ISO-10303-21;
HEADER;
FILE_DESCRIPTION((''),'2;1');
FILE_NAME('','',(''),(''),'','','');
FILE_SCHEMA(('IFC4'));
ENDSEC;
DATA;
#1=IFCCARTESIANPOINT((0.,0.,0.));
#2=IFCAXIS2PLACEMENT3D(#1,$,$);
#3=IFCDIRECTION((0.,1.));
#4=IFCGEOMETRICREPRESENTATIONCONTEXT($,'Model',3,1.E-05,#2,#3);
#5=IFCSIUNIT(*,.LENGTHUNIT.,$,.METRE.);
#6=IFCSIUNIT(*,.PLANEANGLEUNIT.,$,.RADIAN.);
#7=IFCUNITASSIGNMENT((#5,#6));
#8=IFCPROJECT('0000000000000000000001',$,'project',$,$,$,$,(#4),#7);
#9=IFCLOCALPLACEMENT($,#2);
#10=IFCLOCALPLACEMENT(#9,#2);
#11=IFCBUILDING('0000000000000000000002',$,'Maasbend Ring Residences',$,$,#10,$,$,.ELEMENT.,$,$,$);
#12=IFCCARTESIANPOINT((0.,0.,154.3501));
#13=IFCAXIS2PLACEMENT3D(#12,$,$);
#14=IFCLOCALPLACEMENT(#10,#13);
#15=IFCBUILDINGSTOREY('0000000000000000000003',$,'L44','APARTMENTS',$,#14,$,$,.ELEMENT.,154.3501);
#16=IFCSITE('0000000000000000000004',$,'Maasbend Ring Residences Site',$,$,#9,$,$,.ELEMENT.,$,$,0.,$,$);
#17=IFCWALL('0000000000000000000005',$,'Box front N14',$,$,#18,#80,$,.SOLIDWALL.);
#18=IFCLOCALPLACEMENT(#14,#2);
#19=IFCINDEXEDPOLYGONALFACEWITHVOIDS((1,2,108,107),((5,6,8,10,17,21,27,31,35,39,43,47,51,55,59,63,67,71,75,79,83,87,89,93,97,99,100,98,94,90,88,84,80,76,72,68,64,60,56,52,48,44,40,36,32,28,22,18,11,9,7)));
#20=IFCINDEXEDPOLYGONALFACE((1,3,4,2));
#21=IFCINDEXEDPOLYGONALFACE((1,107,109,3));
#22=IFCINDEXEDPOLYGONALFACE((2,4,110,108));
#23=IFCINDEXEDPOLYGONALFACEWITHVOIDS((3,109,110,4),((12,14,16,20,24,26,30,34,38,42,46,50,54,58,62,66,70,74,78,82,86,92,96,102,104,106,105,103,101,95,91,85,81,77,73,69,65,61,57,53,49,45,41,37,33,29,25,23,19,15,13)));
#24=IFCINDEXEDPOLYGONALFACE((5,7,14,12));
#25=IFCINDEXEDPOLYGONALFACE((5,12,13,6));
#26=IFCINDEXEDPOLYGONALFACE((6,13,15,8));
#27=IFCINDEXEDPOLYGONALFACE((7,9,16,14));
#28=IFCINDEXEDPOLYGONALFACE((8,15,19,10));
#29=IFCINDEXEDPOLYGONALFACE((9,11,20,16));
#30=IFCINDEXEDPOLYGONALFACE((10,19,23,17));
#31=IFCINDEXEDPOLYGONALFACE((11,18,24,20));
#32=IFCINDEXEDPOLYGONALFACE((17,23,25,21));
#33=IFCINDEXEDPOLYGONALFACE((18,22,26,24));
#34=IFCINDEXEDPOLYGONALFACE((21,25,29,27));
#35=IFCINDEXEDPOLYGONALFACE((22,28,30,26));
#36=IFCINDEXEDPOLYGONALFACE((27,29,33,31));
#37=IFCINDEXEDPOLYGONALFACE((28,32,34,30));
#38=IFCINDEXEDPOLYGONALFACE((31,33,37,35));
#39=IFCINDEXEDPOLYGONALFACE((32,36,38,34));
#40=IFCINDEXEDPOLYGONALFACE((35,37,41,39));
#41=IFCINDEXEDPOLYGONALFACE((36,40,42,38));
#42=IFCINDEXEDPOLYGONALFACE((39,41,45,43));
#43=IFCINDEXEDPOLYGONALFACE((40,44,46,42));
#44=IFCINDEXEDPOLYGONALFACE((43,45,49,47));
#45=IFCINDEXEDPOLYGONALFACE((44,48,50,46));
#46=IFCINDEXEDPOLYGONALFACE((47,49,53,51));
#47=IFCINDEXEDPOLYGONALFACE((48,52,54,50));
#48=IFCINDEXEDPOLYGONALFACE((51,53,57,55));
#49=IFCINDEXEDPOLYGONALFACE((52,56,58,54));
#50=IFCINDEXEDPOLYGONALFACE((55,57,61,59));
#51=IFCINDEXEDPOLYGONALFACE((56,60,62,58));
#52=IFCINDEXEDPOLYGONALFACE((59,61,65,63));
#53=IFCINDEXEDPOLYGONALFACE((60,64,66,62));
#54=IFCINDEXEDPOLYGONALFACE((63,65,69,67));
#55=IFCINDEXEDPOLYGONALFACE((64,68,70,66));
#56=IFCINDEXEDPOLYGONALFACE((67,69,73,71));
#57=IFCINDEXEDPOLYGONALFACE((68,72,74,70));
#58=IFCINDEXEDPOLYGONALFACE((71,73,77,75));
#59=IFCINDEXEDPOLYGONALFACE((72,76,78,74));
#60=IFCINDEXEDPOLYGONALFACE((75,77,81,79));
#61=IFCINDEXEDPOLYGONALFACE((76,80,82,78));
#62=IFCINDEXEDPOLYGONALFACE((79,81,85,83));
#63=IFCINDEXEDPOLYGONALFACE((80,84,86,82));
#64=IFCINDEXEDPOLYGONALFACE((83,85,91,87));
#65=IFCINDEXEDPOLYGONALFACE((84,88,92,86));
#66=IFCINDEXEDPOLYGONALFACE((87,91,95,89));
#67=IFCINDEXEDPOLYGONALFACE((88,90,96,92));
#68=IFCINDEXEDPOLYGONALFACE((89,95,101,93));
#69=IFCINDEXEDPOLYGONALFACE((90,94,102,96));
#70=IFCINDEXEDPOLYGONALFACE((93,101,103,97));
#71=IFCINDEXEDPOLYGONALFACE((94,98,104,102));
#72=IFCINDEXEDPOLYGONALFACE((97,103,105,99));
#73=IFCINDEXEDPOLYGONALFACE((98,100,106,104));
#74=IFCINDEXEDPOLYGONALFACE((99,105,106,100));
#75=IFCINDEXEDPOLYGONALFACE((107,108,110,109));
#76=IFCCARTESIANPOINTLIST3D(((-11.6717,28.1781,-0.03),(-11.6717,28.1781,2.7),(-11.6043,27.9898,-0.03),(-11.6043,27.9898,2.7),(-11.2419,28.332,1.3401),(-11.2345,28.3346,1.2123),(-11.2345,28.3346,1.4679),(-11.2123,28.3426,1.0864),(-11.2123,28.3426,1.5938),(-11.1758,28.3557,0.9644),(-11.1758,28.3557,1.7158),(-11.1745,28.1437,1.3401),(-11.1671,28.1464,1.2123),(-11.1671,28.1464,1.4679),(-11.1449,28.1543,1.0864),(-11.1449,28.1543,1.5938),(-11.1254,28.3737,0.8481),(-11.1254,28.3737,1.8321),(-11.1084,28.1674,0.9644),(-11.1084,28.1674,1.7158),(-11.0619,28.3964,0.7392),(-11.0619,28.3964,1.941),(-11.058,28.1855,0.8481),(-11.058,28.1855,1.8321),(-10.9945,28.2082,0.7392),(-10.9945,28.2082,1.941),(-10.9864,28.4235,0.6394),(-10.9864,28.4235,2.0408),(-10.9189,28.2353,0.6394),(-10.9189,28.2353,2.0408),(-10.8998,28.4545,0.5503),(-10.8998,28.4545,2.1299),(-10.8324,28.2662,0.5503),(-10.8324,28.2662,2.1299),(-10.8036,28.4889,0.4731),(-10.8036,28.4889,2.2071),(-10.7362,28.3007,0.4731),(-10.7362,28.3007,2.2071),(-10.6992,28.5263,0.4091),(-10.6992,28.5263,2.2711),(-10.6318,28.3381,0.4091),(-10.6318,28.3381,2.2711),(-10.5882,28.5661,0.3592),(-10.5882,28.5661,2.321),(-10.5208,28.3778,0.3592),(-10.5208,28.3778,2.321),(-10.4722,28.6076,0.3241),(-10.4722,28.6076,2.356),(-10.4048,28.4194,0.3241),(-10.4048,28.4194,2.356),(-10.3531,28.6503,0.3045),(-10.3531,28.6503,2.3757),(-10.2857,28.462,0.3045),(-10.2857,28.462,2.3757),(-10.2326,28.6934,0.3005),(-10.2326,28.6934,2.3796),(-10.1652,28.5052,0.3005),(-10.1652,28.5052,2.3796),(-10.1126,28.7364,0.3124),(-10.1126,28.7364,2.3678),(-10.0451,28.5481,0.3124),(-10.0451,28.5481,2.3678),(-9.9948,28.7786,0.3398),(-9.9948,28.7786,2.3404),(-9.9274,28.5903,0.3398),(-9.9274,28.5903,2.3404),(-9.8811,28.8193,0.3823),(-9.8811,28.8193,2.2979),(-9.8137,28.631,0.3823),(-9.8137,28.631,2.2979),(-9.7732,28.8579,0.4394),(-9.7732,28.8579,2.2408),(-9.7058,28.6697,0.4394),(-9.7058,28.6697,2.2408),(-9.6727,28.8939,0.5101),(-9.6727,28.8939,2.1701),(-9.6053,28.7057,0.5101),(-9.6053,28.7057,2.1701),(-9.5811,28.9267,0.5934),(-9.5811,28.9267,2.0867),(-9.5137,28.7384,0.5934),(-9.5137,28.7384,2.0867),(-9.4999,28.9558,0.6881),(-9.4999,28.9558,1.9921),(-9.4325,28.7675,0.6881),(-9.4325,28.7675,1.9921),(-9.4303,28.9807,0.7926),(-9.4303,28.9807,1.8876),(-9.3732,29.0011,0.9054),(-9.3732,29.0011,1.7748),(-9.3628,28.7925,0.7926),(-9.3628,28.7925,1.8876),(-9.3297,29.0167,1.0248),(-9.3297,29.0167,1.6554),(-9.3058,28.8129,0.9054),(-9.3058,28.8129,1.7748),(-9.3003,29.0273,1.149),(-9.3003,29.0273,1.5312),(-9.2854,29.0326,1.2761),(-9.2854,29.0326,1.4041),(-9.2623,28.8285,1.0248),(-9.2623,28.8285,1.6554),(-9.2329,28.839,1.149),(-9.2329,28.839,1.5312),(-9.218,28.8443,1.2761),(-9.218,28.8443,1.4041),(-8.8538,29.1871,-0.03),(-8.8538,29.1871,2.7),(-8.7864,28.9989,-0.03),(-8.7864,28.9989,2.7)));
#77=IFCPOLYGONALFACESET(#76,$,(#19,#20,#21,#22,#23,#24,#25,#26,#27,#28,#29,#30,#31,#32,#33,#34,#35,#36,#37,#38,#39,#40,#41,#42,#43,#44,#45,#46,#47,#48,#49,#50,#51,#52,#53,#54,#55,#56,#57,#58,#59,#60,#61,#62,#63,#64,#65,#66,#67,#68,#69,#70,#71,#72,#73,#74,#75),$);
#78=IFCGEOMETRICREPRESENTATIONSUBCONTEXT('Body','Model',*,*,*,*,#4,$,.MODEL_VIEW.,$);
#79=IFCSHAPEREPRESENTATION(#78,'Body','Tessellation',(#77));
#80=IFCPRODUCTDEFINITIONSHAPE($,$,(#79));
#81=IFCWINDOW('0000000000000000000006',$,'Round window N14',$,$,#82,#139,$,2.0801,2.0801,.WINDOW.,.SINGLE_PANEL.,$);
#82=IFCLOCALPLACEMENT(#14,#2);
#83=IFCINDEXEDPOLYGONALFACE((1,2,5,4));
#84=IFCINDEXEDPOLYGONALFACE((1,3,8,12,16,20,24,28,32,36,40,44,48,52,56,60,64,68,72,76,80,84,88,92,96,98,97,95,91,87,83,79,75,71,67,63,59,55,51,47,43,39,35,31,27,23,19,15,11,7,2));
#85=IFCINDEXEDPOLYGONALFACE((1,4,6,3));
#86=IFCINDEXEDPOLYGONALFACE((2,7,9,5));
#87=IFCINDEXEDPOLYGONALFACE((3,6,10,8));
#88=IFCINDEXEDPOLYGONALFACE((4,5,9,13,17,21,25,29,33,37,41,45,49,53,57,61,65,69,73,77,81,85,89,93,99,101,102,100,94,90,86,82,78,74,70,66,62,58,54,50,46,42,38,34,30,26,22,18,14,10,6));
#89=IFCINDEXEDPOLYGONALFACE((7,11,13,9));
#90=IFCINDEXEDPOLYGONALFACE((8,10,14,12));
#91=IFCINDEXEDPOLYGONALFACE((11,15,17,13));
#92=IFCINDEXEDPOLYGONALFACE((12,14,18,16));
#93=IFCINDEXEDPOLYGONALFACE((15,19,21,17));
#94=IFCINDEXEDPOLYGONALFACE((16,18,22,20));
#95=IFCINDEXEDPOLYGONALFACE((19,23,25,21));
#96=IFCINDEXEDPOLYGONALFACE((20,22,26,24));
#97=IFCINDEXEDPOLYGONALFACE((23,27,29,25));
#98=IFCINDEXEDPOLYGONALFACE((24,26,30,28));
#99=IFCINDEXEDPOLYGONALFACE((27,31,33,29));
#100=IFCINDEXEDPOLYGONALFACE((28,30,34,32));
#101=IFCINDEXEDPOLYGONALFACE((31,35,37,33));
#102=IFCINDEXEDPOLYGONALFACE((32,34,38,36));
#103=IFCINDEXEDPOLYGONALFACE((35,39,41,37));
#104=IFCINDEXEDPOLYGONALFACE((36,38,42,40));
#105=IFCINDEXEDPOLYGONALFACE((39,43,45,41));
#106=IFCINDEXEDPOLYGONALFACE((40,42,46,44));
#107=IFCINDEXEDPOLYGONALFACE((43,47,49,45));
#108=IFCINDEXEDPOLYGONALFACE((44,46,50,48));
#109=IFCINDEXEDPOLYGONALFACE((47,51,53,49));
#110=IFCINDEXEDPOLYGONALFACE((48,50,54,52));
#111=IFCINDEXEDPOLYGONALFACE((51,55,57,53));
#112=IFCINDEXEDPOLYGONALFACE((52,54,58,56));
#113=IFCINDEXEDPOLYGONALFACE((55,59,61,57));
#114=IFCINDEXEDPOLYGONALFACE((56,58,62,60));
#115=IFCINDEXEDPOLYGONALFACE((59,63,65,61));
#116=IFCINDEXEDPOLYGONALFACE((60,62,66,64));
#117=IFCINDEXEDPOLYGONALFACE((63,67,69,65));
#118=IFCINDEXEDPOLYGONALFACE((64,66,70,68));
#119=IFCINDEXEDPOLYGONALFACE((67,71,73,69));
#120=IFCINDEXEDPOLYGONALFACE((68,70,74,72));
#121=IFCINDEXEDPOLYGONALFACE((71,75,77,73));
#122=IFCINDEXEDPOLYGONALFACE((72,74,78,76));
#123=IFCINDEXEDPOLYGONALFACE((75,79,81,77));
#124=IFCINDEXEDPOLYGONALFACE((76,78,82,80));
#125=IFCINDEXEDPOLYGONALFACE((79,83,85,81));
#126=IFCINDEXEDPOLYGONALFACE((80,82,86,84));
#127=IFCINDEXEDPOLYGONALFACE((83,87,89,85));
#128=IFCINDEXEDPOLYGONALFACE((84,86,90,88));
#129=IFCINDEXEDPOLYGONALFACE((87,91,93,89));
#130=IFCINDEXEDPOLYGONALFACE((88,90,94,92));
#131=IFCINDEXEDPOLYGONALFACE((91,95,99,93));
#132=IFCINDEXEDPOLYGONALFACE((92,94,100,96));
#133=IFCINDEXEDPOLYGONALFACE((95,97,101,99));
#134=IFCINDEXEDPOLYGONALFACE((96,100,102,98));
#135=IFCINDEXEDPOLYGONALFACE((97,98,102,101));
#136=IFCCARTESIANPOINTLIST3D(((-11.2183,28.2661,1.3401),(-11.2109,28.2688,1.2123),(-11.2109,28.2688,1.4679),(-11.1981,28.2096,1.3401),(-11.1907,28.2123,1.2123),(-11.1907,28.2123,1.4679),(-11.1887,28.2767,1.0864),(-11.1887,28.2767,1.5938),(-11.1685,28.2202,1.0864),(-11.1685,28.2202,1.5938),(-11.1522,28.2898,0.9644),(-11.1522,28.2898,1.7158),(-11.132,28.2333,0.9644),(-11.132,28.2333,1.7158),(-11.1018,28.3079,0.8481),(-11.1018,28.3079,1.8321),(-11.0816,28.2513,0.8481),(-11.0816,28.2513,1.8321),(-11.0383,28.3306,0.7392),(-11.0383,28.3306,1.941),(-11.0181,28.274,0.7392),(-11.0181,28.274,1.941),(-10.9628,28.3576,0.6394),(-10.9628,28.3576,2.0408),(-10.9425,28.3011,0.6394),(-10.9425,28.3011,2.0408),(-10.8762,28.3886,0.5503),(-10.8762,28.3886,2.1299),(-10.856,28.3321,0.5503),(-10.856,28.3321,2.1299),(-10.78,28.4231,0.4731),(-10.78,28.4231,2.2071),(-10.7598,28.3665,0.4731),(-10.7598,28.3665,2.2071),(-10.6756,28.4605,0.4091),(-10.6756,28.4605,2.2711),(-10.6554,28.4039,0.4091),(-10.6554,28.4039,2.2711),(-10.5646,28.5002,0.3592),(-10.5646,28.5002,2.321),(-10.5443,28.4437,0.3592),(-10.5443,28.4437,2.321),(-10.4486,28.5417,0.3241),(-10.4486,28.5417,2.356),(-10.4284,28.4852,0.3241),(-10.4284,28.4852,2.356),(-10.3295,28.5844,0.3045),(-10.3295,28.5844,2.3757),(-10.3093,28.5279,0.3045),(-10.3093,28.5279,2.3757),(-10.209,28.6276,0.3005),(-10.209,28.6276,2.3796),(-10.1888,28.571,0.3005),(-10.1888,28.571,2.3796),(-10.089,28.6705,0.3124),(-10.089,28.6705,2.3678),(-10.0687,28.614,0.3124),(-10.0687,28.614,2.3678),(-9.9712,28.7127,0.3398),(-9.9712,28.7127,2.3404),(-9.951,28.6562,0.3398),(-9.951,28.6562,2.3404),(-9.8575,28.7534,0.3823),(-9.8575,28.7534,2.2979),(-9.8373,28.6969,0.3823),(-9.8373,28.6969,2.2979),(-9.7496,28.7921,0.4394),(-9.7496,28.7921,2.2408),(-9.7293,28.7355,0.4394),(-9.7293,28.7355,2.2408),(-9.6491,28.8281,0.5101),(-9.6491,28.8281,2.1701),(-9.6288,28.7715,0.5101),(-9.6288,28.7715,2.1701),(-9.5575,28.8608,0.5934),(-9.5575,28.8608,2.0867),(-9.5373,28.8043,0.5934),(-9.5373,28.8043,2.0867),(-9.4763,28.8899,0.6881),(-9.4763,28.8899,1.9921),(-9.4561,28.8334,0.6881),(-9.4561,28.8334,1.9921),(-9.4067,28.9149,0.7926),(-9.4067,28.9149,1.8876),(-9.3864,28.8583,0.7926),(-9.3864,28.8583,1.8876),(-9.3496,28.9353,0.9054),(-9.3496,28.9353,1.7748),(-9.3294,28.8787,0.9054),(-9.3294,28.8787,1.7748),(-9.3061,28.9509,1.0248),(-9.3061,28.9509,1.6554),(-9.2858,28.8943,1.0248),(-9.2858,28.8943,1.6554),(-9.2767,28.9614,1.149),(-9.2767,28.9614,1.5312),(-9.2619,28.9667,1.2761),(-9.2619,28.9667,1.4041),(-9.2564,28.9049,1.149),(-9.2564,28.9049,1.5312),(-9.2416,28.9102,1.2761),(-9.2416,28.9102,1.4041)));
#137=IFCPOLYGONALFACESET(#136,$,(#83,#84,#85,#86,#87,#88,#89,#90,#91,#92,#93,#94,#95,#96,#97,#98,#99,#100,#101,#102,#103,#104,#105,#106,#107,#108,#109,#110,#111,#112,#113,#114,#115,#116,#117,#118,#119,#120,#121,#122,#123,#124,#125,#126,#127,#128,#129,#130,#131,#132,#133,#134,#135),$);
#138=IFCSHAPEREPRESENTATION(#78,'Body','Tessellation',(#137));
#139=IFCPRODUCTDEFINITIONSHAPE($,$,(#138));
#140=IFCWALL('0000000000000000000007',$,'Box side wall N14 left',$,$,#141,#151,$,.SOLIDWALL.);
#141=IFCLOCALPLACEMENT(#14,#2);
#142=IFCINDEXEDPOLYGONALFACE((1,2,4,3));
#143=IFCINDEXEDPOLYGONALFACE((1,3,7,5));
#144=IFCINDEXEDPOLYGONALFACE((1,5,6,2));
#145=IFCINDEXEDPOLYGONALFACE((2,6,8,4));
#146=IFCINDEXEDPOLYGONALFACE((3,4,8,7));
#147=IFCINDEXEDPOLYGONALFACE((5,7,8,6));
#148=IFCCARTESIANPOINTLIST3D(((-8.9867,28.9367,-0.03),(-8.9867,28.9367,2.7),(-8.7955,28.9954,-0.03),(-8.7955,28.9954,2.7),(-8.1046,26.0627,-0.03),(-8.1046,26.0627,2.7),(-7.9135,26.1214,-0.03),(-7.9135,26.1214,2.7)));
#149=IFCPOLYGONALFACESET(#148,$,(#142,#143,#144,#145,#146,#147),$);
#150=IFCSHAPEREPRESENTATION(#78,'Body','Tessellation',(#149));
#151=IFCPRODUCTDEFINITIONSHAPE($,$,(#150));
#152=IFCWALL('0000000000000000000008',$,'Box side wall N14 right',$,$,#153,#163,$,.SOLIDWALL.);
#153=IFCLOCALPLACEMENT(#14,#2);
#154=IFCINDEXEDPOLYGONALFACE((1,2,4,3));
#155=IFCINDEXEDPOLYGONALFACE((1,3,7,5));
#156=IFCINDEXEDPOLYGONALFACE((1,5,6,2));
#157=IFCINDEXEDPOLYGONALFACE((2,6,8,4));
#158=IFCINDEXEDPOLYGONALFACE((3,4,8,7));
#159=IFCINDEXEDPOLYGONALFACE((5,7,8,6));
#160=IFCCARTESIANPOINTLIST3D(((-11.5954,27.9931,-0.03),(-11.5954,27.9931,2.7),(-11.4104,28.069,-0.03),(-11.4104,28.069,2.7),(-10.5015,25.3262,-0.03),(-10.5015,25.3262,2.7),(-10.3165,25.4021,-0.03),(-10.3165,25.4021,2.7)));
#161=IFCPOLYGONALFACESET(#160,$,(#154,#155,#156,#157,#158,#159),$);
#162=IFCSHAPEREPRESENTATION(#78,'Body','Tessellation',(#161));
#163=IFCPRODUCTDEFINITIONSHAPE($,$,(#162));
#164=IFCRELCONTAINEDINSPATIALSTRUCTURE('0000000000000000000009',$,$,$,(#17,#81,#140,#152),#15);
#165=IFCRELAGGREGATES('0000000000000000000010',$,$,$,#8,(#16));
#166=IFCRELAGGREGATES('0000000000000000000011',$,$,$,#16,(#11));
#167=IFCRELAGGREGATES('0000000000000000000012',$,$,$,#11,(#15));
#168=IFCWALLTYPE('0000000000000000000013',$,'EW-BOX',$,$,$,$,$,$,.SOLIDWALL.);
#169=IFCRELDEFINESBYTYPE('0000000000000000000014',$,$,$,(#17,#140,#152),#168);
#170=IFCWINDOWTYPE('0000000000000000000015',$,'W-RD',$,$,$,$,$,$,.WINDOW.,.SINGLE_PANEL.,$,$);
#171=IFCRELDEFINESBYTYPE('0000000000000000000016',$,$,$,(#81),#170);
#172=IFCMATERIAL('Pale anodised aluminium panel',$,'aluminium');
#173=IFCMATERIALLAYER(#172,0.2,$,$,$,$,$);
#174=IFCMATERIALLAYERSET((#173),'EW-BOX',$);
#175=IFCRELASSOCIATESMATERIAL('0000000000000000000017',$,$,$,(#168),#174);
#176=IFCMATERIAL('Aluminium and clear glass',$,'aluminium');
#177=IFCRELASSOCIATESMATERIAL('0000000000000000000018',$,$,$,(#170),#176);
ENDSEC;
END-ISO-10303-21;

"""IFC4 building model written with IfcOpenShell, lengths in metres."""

from ifc_helpers import new_model, si_unit, direction, frame, frame_2d, origin, place, context, subcontext, project, spatial, rectangle, circle, extrude, material, layer, layer_set, type_object, element, fill, save


model = new_model("IFC4")

# Units and contexts
model_context = context("Model", 3, precision=1e-05, world=origin(), true_north=direction((0.0, 1.0)))
body_context = subcontext(model_context, "Body", "Model", "MODEL_VIEW")
ifc_project = project(units=[si_unit("LENGTHUNIT", "METRE"), si_unit("PLANEANGLEUNIT", "RADIAN")], contexts=[model_context])

# Site, building, storey
site_placement = place(None, origin())
site = spatial("IfcSite", under=ifc_project, at=site_placement, Name="Maasbend Ring Residences Site", CompositionType="ELEMENT", RefElevation=0.0)
building_placement = place(site_placement, origin())
building = spatial("IfcBuilding", under=site, at=building_placement, Name="Maasbend Ring Residences", CompositionType="ELEMENT")
storey_placement = place(building_placement, frame((0.0, 0.0, 154.3501)))
storey = spatial("IfcBuildingStorey", under=building, at=storey_placement, Name="L44", Description="APARTMENTS", CompositionType="ELEMENT", Elevation=154.3501)

# Shared definitions
ifc_material_1 = material(Name="Pale anodised aluminium panel", Category="aluminium")
ifc_layer_1 = layer(ifc_material_1, 0.2)
ifc_layer_set_1 = layer_set([ifc_layer_1], Name="EW-BOX")
wall_type_1 = type_object("IfcWallType", Name="EW-BOX", PredefinedType="SOLIDWALL", material=ifc_layer_set_1)
ifc_material_2 = material(Name="Aluminium and clear glass", Category="aluminium")
window_type_1 = type_object("IfcWindowType", Name="W-RD", PartitioningType="SINGLE_PANEL", PredefinedType="WINDOW", material=ifc_material_2)

# Wall, opening, window
wall_1_placement = place(storey_placement, frame((-8.8201, 29.093, -0.03), z_axis=(0.0, 0.0, 1.0), x_axis=(-0.941461, -0.337122, 0.0)))
wall_1 = element("IfcWall", 1, at=wall_1_placement, inside=storey, type_object=wall_type_1, Name="Box front N14", PredefinedType="SOLIDWALL", context=body_context, shape_type="SweptSolid", body=[
    extrude(rectangle(XDim=2.9932, YDim=0.2, at=frame_2d((1.4966, 0.0))), origin(), (0.0, 0.0, 1.0), 2.73),
])
opening_1_placement = place(wall_1_placement, frame((0.4565, 0.0, 0.3301)))
opening_1 = element("IfcOpeningElement", 2, at=opening_1_placement, cuts=wall_1, PredefinedType="OPENING", context=body_context, shape_type="SweptSolid", body=[
    extrude(circle(Radius=1.04, at=frame_2d((1.04, 1.04))), frame((0.0, 0.1099, 0.0), z_axis=(0.0, -1.0, 0.0), x_axis=(1.0, 0.0, 0.0)), (0.0, 0.0, 1.0), 0.22),
])
window_1_placement = place(opening_1_placement, origin())
window_1 = element("IfcWindow", 3, at=window_1_placement, inside=storey, type_object=window_type_1, Name="Round window N14", OverallHeight=2.0801, OverallWidth=2.0801, PartitioningType="SINGLE_PANEL", PredefinedType="WINDOW", context=body_context, shape_type="SweptSolid", body=[
    extrude(circle(Radius=1.04, at=frame_2d((1.04, 1.04))), frame((0.0, 0.03, 0.0), z_axis=(0.0, -1.0, 0.0), x_axis=(1.0, 0.0, 0.0)), (0.0, 0.0, 1.0), 0.0601),
])
fill(opening_1, window_1)

# Walls
wall_2_placement = place(storey_placement, frame((-8.009, 26.092, -0.03), z_axis=(0.0, 0.0, 1.0), x_axis=(-0.293407, 0.955988, 0.0)))
element("IfcWall", 4, at=wall_2_placement, inside=storey, type_object=wall_type_1, Name="Box side wall N14 left", PredefinedType="SOLIDWALL", context=body_context, shape_type="SweptSolid", body=[
    extrude(rectangle(XDim=3.0063, YDim=0.2, at=frame_2d((1.5032, 0.0))), origin(), (0.0, 0.0, 1.0), 2.73),
])
wall_3_placement = place(storey_placement, frame((-10.4089, 25.364, -0.03), z_axis=(0.0, 0.0, 1.0), x_axis=(-0.37951, 0.925188, 0.0)))
element("IfcWall", 5, at=wall_3_placement, inside=storey, type_object=wall_type_1, Name="Box side wall N14 right", PredefinedType="SOLIDWALL", context=body_context, shape_type="SweptSolid", body=[
    extrude(rectangle(XDim=2.8826, YDim=0.2, at=frame_2d((1.4414, 0.0))), origin(), (0.0, 0.0, 1.0), 2.73),
])

save(model, "model.ifc")
